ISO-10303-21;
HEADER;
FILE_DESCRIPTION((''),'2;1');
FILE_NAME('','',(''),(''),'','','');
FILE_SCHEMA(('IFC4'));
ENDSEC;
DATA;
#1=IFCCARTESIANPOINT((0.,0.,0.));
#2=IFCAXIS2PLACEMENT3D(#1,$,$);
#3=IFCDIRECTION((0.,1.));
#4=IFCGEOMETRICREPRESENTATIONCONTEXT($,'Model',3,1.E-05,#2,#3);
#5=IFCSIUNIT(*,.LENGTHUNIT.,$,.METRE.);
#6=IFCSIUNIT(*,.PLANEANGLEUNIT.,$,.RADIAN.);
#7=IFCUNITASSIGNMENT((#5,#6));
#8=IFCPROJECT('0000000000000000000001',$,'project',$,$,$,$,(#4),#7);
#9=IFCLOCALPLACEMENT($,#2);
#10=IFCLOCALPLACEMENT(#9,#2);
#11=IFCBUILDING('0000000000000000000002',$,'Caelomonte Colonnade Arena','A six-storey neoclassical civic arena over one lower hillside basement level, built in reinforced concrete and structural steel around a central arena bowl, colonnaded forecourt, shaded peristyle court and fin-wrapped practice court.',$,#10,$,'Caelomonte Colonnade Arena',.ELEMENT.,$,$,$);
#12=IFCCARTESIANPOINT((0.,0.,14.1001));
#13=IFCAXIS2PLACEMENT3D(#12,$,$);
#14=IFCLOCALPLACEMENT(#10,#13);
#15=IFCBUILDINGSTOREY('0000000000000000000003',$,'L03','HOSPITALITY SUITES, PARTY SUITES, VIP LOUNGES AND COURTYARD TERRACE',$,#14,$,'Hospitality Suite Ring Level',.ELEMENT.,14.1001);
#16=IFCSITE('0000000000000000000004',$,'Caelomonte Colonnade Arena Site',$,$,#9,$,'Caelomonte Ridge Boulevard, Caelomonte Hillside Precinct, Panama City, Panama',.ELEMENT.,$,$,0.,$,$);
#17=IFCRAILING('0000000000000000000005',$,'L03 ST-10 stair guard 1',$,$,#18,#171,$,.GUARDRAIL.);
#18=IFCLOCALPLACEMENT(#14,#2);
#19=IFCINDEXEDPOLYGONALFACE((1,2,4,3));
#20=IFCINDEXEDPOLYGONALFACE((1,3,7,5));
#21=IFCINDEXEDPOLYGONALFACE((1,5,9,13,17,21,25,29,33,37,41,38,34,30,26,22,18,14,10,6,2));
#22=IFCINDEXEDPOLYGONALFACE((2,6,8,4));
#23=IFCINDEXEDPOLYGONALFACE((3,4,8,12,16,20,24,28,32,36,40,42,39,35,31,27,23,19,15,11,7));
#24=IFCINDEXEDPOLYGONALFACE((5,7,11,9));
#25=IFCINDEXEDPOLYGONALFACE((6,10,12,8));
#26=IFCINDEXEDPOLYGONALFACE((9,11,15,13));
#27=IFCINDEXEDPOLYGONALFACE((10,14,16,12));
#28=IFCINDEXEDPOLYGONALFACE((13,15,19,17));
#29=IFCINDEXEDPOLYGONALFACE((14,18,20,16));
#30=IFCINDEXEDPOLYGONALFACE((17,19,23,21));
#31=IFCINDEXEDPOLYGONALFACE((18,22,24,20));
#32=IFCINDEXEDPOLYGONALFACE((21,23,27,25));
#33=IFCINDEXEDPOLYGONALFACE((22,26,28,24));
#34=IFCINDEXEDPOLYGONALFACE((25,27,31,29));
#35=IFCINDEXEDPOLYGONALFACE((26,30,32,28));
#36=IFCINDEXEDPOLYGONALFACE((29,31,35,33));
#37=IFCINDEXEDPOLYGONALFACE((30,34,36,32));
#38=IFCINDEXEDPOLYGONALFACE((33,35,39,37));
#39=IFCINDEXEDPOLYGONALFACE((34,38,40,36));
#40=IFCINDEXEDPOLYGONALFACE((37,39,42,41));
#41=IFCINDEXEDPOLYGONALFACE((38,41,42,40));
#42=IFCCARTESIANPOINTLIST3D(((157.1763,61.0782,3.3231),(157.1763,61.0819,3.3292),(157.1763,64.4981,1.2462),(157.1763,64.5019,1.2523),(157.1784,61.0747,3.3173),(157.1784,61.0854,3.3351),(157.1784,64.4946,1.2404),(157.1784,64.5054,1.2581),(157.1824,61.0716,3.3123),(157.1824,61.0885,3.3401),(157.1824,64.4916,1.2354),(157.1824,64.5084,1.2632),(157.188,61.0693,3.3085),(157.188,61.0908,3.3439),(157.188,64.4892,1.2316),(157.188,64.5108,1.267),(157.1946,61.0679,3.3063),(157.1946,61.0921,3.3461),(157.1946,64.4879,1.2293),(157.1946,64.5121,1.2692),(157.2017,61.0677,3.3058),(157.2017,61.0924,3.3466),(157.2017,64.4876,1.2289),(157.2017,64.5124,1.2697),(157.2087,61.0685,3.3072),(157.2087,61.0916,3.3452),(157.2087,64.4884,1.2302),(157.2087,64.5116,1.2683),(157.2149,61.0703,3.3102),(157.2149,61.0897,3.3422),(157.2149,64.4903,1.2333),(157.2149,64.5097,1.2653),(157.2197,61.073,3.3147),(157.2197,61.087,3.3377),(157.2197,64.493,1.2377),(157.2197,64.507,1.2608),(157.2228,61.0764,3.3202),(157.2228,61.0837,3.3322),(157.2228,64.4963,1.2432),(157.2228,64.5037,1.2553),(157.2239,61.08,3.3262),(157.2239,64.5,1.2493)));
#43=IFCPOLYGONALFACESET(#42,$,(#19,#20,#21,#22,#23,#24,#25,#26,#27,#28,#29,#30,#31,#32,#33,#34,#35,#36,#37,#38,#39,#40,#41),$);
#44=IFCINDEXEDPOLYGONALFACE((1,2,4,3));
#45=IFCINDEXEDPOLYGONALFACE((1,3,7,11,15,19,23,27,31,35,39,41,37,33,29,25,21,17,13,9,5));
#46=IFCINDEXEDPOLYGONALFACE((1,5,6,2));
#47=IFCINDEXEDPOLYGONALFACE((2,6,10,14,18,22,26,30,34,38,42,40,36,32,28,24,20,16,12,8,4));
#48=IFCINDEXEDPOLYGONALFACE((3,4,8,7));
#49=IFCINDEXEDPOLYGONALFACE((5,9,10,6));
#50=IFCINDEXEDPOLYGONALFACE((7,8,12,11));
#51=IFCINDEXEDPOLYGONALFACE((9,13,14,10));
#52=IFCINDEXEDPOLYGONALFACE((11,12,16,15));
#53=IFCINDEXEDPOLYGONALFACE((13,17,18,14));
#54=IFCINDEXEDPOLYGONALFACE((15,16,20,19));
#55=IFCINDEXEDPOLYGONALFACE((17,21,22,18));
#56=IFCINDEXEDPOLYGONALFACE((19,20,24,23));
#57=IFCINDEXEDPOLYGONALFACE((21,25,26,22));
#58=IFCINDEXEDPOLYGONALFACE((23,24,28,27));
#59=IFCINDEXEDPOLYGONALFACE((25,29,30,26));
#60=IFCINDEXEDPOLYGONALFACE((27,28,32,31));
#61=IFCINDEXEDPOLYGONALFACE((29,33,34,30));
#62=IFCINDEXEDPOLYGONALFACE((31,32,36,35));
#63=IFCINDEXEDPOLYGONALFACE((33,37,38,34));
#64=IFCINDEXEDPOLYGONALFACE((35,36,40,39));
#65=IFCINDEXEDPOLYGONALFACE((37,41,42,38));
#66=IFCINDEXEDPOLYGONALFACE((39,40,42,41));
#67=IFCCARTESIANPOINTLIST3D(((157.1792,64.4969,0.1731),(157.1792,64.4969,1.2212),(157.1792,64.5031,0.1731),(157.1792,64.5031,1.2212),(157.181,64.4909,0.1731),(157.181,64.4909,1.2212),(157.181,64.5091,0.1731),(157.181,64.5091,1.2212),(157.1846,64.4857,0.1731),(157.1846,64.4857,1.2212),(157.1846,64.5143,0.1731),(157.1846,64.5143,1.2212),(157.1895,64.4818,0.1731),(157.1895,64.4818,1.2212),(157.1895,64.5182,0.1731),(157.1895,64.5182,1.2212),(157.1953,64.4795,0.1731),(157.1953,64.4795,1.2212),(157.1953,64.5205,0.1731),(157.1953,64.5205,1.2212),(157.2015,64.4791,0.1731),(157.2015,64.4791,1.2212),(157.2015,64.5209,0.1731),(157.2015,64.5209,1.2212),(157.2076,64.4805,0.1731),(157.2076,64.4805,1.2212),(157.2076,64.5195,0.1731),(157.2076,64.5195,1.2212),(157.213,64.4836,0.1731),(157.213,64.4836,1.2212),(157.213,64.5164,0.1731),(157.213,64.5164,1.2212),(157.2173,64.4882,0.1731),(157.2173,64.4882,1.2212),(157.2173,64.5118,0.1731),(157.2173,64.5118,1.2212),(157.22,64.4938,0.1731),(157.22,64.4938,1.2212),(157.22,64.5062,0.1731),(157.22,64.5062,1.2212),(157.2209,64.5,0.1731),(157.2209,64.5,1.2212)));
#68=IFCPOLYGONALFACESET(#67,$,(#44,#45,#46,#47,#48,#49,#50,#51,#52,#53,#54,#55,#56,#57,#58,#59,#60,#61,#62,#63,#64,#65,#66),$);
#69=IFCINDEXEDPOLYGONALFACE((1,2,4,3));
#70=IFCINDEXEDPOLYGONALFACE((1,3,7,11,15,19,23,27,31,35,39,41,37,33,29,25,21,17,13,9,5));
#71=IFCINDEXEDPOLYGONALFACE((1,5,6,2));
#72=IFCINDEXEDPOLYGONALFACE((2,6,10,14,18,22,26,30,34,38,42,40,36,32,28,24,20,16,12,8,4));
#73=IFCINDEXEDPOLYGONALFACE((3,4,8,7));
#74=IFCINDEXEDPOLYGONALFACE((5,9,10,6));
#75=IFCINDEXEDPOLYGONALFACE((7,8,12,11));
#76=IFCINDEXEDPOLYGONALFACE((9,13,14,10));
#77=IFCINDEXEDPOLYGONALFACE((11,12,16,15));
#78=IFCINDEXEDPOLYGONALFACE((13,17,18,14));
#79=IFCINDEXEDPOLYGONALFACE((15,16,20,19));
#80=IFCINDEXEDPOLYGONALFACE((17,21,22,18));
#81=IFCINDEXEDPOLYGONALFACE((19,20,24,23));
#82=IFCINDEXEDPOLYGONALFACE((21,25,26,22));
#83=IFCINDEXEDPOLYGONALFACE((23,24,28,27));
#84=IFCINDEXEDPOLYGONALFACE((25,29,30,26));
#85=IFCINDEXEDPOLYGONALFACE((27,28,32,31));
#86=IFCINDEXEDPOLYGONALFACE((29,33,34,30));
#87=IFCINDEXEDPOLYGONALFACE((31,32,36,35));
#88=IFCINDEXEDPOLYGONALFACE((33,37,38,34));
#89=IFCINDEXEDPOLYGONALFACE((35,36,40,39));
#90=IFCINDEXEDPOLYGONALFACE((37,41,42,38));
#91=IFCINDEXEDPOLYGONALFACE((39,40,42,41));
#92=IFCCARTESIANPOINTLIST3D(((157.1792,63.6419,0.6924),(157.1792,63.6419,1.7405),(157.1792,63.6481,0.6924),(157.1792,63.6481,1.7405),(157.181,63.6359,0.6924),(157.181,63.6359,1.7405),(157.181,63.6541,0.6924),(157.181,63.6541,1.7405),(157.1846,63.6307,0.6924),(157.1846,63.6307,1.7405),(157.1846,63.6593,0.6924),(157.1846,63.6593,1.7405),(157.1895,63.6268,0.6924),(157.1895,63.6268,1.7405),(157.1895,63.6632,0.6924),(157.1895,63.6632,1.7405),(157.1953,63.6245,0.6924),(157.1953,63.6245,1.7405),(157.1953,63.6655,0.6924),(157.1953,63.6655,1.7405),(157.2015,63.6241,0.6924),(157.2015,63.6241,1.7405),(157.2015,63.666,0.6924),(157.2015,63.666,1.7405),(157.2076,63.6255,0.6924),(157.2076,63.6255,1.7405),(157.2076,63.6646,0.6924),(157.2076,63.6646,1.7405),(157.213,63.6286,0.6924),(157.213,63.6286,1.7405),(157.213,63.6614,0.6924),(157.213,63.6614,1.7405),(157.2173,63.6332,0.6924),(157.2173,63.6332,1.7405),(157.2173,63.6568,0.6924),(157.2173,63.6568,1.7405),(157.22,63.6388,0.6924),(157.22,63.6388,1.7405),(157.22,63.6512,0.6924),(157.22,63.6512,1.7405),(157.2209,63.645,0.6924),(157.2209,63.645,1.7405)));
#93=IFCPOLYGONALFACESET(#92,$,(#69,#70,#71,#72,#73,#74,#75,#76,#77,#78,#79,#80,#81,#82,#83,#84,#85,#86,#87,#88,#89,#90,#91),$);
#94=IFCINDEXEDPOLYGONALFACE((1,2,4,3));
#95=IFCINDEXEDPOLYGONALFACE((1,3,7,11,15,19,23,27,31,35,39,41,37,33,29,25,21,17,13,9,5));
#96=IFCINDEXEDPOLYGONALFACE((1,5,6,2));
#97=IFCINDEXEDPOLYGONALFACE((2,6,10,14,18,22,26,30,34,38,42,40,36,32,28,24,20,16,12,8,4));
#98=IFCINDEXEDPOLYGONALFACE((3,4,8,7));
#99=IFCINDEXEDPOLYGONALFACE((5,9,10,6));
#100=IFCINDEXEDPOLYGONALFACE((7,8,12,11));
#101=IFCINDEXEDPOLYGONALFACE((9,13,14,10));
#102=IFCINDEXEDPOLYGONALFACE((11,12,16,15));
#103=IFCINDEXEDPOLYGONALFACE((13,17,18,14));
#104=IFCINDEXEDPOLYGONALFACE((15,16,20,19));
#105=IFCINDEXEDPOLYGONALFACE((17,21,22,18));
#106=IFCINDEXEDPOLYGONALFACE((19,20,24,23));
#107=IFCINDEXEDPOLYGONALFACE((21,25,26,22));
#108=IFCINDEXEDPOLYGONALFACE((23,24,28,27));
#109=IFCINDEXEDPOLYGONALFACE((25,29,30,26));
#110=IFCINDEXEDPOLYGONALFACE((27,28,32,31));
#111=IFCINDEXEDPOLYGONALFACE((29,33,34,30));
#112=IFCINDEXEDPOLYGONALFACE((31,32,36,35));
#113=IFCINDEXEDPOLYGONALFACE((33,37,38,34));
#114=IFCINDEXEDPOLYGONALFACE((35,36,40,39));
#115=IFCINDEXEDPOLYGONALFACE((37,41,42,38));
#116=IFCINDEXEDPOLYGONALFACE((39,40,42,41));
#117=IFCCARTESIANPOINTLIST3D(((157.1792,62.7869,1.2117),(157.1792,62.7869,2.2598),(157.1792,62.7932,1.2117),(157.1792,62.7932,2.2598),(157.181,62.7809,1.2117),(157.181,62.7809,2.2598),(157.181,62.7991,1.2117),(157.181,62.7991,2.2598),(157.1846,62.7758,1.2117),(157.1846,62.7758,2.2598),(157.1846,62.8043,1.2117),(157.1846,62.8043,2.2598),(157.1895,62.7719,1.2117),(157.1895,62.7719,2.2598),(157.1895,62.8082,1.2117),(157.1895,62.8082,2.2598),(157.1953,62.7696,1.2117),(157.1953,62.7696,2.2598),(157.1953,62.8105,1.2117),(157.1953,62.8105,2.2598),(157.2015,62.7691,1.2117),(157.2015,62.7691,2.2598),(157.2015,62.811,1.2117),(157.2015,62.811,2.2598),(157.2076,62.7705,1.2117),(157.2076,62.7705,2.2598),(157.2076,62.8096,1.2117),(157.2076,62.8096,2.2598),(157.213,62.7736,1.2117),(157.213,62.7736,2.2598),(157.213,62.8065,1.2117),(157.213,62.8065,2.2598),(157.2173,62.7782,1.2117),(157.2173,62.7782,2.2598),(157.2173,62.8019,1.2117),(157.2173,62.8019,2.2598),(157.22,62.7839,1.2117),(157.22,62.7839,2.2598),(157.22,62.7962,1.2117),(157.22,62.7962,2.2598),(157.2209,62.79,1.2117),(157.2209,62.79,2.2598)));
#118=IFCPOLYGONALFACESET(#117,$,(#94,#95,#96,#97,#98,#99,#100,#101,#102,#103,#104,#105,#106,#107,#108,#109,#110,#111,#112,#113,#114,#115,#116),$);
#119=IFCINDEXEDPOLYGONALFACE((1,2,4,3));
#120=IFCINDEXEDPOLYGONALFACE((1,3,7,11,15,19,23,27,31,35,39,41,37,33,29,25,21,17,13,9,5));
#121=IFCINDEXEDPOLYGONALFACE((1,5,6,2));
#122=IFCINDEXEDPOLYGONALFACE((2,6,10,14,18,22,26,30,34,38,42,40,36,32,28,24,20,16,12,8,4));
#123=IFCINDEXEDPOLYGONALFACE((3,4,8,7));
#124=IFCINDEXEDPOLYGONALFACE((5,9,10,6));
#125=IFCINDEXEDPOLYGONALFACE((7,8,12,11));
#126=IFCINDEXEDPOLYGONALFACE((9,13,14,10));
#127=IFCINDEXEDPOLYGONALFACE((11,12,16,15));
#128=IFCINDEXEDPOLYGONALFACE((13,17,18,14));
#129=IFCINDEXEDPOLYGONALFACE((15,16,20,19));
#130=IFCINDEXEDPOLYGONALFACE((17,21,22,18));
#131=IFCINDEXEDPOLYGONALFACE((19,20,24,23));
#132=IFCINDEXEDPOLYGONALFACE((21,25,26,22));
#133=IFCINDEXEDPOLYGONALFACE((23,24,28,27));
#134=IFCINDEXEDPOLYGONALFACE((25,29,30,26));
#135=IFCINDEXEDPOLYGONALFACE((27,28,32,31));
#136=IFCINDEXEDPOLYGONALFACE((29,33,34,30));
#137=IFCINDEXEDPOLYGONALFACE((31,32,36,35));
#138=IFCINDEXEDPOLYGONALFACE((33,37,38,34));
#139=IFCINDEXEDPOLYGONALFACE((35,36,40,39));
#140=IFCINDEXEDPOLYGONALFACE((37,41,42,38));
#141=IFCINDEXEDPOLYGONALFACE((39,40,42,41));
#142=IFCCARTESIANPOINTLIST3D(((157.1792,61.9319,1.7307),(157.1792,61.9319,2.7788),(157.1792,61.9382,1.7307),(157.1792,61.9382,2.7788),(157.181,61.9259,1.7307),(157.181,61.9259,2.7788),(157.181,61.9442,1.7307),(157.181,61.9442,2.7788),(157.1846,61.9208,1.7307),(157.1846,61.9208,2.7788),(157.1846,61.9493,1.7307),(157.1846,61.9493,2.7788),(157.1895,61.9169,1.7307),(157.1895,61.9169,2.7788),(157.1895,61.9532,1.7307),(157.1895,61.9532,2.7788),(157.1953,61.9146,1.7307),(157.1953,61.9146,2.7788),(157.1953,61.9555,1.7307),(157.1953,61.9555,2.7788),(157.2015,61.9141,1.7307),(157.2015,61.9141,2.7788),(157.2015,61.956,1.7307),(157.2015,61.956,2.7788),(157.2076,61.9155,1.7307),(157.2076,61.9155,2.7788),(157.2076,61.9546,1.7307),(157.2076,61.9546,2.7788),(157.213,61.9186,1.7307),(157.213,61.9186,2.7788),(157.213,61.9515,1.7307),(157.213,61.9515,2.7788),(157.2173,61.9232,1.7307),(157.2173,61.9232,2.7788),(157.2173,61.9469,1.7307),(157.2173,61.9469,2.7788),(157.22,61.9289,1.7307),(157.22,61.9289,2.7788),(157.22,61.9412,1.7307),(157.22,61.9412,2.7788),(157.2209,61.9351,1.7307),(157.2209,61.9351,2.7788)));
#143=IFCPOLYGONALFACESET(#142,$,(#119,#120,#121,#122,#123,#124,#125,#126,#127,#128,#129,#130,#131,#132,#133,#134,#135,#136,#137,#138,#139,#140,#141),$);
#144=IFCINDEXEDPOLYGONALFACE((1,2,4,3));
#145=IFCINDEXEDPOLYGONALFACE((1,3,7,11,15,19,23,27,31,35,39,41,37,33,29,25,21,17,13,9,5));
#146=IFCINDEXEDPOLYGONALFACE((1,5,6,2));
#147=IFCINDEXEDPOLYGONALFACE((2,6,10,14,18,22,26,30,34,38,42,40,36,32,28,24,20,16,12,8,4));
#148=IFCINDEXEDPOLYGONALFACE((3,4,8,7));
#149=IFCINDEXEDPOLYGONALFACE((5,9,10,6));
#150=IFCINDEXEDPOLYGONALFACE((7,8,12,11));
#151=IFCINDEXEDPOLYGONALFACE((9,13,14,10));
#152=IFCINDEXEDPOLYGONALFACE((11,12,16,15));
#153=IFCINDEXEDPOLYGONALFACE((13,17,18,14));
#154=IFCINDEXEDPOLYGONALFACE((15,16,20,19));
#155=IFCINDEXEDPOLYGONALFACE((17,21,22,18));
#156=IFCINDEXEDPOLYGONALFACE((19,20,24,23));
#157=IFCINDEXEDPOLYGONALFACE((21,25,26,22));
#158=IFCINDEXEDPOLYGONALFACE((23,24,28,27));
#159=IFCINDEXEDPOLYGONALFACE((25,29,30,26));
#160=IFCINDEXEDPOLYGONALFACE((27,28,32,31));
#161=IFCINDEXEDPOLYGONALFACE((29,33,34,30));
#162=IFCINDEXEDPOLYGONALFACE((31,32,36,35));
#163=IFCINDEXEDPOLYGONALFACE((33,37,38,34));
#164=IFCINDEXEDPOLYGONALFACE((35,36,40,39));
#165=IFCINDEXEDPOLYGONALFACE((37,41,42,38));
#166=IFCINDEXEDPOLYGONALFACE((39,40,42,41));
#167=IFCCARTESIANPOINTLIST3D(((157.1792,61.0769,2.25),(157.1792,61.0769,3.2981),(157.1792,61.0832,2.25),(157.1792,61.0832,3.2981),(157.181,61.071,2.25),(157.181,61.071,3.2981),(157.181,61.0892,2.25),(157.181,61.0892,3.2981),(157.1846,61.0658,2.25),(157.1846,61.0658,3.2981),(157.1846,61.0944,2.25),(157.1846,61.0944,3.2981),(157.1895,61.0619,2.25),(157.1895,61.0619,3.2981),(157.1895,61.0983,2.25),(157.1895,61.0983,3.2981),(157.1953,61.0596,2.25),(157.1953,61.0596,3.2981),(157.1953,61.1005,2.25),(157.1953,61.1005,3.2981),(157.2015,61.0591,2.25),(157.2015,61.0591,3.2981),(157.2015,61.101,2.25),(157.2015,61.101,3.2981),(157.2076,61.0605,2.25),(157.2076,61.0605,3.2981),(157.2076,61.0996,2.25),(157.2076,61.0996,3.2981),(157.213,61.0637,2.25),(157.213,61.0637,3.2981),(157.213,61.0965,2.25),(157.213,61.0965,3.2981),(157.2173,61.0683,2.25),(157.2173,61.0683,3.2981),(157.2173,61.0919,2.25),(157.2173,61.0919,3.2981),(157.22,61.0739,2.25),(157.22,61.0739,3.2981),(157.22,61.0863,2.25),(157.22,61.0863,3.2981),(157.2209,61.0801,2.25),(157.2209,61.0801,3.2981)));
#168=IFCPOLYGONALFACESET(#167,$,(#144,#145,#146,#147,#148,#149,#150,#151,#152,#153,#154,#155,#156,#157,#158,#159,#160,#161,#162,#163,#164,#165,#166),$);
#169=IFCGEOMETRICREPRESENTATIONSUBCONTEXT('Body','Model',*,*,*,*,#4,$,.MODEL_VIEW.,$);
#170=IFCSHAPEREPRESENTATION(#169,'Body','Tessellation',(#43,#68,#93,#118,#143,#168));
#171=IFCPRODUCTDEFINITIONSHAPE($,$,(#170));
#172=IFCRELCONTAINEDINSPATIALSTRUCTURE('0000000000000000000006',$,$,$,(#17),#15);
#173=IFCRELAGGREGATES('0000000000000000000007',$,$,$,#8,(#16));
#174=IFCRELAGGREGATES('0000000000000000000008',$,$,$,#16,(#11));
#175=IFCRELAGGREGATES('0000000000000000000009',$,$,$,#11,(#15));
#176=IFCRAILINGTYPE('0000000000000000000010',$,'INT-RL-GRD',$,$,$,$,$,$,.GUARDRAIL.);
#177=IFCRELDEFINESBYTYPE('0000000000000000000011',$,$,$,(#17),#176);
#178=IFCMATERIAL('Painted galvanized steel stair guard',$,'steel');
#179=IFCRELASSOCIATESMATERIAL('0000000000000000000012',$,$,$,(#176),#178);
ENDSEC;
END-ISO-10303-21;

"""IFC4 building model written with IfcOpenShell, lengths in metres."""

from ifc_helpers import new_model, si_unit, direction, frame, origin, origin_2d, place, context, subcontext, project, spatial, circle, extrude, material, type_object, element, save


model = new_model("IFC4")

# Units and contexts
model_context = context("Model", 3, precision=1e-05, world=origin(), true_north=direction((0.0, 1.0)))
body_context = subcontext(model_context, "Body", "Model", "MODEL_VIEW")
ifc_project = project(units=[si_unit("LENGTHUNIT", "METRE"), si_unit("PLANEANGLEUNIT", "RADIAN")], contexts=[model_context])

# Site, building, storey
site_placement = place(None, origin())
site = spatial("IfcSite", under=ifc_project, at=site_placement, Name="Caelomonte Colonnade Arena Site", LongName="Caelomonte Ridge Boulevard, Caelomonte Hillside Precinct, Panama City, Panama", CompositionType="ELEMENT", RefElevation=0.0)
building_placement = place(site_placement, origin())
building = spatial("IfcBuilding", under=site, at=building_placement, Name="Caelomonte Colonnade Arena", Description="A six-storey neoclassical civic arena over one lower hillside basement level, built in reinforced concrete and structural steel around a central arena bowl, colonnaded forecourt, shaded peristyle court and fin-wrapped practice court.", LongName="Caelomonte Colonnade Arena", CompositionType="ELEMENT")
storey_placement = place(building_placement, frame((0.0, 0.0, 14.1001)))
storey = spatial("IfcBuildingStorey", under=building, at=storey_placement, Name="L03", Description="HOSPITALITY SUITES, PARTY SUITES, VIP LOUNGES AND COURTYARD TERRACE", LongName="Hospitality Suite Ring Level", CompositionType="ELEMENT", Elevation=14.1001)

# Railing
ifc_material_1 = material(Name="Painted galvanized steel stair guard", Category="steel")
railing_type_1 = type_object("IfcRailingType", Name="INT-RL-GRD", PredefinedType="GUARDRAIL", material=ifc_material_1)
railing_1_placement = place(storey_placement, frame((157.2, 64.5, 0.1731)))
element("IfcRailing", 1, at=railing_1_placement, inside=storey, type_object=railing_type_1, Name="L03 ST-10 stair guard 1", PredefinedType="GUARDRAIL", context=body_context, shape_type="SweptSolid", body=[
    extrude(circle(Radius=0.0239, at=origin_2d()), frame((0.0, 0.0, 1.0762), z_axis=(0.0, -0.85473, 0.519074), x_axis=(1.0, 0.0, 0.0)), (0.0, 0.0, 1.0), 4.0012),
    extrude(circle(Radius=0.021, at=origin_2d()), origin(), (0.0, 0.0, 1.0), 1.0481),
    extrude(circle(Radius=0.021, at=origin_2d()), frame((0.0, -0.855, 0.5193)), (0.0, 0.0, 1.0), 1.0481),
    extrude(circle(Radius=0.021, at=origin_2d()), frame((0.0, -1.71, 1.0386)), (0.0, 0.0, 1.0), 1.0481),
    extrude(circle(Radius=0.021, at=origin_2d()), frame((0.0, -2.5649, 1.5576)), (0.0, 0.0, 1.0), 1.0481),
    extrude(circle(Radius=0.021, at=origin_2d()), frame((0.0, -3.4199, 2.0769)), (0.0, 0.0, 1.0), 1.0481),
])

save(model, "model.ifc")
